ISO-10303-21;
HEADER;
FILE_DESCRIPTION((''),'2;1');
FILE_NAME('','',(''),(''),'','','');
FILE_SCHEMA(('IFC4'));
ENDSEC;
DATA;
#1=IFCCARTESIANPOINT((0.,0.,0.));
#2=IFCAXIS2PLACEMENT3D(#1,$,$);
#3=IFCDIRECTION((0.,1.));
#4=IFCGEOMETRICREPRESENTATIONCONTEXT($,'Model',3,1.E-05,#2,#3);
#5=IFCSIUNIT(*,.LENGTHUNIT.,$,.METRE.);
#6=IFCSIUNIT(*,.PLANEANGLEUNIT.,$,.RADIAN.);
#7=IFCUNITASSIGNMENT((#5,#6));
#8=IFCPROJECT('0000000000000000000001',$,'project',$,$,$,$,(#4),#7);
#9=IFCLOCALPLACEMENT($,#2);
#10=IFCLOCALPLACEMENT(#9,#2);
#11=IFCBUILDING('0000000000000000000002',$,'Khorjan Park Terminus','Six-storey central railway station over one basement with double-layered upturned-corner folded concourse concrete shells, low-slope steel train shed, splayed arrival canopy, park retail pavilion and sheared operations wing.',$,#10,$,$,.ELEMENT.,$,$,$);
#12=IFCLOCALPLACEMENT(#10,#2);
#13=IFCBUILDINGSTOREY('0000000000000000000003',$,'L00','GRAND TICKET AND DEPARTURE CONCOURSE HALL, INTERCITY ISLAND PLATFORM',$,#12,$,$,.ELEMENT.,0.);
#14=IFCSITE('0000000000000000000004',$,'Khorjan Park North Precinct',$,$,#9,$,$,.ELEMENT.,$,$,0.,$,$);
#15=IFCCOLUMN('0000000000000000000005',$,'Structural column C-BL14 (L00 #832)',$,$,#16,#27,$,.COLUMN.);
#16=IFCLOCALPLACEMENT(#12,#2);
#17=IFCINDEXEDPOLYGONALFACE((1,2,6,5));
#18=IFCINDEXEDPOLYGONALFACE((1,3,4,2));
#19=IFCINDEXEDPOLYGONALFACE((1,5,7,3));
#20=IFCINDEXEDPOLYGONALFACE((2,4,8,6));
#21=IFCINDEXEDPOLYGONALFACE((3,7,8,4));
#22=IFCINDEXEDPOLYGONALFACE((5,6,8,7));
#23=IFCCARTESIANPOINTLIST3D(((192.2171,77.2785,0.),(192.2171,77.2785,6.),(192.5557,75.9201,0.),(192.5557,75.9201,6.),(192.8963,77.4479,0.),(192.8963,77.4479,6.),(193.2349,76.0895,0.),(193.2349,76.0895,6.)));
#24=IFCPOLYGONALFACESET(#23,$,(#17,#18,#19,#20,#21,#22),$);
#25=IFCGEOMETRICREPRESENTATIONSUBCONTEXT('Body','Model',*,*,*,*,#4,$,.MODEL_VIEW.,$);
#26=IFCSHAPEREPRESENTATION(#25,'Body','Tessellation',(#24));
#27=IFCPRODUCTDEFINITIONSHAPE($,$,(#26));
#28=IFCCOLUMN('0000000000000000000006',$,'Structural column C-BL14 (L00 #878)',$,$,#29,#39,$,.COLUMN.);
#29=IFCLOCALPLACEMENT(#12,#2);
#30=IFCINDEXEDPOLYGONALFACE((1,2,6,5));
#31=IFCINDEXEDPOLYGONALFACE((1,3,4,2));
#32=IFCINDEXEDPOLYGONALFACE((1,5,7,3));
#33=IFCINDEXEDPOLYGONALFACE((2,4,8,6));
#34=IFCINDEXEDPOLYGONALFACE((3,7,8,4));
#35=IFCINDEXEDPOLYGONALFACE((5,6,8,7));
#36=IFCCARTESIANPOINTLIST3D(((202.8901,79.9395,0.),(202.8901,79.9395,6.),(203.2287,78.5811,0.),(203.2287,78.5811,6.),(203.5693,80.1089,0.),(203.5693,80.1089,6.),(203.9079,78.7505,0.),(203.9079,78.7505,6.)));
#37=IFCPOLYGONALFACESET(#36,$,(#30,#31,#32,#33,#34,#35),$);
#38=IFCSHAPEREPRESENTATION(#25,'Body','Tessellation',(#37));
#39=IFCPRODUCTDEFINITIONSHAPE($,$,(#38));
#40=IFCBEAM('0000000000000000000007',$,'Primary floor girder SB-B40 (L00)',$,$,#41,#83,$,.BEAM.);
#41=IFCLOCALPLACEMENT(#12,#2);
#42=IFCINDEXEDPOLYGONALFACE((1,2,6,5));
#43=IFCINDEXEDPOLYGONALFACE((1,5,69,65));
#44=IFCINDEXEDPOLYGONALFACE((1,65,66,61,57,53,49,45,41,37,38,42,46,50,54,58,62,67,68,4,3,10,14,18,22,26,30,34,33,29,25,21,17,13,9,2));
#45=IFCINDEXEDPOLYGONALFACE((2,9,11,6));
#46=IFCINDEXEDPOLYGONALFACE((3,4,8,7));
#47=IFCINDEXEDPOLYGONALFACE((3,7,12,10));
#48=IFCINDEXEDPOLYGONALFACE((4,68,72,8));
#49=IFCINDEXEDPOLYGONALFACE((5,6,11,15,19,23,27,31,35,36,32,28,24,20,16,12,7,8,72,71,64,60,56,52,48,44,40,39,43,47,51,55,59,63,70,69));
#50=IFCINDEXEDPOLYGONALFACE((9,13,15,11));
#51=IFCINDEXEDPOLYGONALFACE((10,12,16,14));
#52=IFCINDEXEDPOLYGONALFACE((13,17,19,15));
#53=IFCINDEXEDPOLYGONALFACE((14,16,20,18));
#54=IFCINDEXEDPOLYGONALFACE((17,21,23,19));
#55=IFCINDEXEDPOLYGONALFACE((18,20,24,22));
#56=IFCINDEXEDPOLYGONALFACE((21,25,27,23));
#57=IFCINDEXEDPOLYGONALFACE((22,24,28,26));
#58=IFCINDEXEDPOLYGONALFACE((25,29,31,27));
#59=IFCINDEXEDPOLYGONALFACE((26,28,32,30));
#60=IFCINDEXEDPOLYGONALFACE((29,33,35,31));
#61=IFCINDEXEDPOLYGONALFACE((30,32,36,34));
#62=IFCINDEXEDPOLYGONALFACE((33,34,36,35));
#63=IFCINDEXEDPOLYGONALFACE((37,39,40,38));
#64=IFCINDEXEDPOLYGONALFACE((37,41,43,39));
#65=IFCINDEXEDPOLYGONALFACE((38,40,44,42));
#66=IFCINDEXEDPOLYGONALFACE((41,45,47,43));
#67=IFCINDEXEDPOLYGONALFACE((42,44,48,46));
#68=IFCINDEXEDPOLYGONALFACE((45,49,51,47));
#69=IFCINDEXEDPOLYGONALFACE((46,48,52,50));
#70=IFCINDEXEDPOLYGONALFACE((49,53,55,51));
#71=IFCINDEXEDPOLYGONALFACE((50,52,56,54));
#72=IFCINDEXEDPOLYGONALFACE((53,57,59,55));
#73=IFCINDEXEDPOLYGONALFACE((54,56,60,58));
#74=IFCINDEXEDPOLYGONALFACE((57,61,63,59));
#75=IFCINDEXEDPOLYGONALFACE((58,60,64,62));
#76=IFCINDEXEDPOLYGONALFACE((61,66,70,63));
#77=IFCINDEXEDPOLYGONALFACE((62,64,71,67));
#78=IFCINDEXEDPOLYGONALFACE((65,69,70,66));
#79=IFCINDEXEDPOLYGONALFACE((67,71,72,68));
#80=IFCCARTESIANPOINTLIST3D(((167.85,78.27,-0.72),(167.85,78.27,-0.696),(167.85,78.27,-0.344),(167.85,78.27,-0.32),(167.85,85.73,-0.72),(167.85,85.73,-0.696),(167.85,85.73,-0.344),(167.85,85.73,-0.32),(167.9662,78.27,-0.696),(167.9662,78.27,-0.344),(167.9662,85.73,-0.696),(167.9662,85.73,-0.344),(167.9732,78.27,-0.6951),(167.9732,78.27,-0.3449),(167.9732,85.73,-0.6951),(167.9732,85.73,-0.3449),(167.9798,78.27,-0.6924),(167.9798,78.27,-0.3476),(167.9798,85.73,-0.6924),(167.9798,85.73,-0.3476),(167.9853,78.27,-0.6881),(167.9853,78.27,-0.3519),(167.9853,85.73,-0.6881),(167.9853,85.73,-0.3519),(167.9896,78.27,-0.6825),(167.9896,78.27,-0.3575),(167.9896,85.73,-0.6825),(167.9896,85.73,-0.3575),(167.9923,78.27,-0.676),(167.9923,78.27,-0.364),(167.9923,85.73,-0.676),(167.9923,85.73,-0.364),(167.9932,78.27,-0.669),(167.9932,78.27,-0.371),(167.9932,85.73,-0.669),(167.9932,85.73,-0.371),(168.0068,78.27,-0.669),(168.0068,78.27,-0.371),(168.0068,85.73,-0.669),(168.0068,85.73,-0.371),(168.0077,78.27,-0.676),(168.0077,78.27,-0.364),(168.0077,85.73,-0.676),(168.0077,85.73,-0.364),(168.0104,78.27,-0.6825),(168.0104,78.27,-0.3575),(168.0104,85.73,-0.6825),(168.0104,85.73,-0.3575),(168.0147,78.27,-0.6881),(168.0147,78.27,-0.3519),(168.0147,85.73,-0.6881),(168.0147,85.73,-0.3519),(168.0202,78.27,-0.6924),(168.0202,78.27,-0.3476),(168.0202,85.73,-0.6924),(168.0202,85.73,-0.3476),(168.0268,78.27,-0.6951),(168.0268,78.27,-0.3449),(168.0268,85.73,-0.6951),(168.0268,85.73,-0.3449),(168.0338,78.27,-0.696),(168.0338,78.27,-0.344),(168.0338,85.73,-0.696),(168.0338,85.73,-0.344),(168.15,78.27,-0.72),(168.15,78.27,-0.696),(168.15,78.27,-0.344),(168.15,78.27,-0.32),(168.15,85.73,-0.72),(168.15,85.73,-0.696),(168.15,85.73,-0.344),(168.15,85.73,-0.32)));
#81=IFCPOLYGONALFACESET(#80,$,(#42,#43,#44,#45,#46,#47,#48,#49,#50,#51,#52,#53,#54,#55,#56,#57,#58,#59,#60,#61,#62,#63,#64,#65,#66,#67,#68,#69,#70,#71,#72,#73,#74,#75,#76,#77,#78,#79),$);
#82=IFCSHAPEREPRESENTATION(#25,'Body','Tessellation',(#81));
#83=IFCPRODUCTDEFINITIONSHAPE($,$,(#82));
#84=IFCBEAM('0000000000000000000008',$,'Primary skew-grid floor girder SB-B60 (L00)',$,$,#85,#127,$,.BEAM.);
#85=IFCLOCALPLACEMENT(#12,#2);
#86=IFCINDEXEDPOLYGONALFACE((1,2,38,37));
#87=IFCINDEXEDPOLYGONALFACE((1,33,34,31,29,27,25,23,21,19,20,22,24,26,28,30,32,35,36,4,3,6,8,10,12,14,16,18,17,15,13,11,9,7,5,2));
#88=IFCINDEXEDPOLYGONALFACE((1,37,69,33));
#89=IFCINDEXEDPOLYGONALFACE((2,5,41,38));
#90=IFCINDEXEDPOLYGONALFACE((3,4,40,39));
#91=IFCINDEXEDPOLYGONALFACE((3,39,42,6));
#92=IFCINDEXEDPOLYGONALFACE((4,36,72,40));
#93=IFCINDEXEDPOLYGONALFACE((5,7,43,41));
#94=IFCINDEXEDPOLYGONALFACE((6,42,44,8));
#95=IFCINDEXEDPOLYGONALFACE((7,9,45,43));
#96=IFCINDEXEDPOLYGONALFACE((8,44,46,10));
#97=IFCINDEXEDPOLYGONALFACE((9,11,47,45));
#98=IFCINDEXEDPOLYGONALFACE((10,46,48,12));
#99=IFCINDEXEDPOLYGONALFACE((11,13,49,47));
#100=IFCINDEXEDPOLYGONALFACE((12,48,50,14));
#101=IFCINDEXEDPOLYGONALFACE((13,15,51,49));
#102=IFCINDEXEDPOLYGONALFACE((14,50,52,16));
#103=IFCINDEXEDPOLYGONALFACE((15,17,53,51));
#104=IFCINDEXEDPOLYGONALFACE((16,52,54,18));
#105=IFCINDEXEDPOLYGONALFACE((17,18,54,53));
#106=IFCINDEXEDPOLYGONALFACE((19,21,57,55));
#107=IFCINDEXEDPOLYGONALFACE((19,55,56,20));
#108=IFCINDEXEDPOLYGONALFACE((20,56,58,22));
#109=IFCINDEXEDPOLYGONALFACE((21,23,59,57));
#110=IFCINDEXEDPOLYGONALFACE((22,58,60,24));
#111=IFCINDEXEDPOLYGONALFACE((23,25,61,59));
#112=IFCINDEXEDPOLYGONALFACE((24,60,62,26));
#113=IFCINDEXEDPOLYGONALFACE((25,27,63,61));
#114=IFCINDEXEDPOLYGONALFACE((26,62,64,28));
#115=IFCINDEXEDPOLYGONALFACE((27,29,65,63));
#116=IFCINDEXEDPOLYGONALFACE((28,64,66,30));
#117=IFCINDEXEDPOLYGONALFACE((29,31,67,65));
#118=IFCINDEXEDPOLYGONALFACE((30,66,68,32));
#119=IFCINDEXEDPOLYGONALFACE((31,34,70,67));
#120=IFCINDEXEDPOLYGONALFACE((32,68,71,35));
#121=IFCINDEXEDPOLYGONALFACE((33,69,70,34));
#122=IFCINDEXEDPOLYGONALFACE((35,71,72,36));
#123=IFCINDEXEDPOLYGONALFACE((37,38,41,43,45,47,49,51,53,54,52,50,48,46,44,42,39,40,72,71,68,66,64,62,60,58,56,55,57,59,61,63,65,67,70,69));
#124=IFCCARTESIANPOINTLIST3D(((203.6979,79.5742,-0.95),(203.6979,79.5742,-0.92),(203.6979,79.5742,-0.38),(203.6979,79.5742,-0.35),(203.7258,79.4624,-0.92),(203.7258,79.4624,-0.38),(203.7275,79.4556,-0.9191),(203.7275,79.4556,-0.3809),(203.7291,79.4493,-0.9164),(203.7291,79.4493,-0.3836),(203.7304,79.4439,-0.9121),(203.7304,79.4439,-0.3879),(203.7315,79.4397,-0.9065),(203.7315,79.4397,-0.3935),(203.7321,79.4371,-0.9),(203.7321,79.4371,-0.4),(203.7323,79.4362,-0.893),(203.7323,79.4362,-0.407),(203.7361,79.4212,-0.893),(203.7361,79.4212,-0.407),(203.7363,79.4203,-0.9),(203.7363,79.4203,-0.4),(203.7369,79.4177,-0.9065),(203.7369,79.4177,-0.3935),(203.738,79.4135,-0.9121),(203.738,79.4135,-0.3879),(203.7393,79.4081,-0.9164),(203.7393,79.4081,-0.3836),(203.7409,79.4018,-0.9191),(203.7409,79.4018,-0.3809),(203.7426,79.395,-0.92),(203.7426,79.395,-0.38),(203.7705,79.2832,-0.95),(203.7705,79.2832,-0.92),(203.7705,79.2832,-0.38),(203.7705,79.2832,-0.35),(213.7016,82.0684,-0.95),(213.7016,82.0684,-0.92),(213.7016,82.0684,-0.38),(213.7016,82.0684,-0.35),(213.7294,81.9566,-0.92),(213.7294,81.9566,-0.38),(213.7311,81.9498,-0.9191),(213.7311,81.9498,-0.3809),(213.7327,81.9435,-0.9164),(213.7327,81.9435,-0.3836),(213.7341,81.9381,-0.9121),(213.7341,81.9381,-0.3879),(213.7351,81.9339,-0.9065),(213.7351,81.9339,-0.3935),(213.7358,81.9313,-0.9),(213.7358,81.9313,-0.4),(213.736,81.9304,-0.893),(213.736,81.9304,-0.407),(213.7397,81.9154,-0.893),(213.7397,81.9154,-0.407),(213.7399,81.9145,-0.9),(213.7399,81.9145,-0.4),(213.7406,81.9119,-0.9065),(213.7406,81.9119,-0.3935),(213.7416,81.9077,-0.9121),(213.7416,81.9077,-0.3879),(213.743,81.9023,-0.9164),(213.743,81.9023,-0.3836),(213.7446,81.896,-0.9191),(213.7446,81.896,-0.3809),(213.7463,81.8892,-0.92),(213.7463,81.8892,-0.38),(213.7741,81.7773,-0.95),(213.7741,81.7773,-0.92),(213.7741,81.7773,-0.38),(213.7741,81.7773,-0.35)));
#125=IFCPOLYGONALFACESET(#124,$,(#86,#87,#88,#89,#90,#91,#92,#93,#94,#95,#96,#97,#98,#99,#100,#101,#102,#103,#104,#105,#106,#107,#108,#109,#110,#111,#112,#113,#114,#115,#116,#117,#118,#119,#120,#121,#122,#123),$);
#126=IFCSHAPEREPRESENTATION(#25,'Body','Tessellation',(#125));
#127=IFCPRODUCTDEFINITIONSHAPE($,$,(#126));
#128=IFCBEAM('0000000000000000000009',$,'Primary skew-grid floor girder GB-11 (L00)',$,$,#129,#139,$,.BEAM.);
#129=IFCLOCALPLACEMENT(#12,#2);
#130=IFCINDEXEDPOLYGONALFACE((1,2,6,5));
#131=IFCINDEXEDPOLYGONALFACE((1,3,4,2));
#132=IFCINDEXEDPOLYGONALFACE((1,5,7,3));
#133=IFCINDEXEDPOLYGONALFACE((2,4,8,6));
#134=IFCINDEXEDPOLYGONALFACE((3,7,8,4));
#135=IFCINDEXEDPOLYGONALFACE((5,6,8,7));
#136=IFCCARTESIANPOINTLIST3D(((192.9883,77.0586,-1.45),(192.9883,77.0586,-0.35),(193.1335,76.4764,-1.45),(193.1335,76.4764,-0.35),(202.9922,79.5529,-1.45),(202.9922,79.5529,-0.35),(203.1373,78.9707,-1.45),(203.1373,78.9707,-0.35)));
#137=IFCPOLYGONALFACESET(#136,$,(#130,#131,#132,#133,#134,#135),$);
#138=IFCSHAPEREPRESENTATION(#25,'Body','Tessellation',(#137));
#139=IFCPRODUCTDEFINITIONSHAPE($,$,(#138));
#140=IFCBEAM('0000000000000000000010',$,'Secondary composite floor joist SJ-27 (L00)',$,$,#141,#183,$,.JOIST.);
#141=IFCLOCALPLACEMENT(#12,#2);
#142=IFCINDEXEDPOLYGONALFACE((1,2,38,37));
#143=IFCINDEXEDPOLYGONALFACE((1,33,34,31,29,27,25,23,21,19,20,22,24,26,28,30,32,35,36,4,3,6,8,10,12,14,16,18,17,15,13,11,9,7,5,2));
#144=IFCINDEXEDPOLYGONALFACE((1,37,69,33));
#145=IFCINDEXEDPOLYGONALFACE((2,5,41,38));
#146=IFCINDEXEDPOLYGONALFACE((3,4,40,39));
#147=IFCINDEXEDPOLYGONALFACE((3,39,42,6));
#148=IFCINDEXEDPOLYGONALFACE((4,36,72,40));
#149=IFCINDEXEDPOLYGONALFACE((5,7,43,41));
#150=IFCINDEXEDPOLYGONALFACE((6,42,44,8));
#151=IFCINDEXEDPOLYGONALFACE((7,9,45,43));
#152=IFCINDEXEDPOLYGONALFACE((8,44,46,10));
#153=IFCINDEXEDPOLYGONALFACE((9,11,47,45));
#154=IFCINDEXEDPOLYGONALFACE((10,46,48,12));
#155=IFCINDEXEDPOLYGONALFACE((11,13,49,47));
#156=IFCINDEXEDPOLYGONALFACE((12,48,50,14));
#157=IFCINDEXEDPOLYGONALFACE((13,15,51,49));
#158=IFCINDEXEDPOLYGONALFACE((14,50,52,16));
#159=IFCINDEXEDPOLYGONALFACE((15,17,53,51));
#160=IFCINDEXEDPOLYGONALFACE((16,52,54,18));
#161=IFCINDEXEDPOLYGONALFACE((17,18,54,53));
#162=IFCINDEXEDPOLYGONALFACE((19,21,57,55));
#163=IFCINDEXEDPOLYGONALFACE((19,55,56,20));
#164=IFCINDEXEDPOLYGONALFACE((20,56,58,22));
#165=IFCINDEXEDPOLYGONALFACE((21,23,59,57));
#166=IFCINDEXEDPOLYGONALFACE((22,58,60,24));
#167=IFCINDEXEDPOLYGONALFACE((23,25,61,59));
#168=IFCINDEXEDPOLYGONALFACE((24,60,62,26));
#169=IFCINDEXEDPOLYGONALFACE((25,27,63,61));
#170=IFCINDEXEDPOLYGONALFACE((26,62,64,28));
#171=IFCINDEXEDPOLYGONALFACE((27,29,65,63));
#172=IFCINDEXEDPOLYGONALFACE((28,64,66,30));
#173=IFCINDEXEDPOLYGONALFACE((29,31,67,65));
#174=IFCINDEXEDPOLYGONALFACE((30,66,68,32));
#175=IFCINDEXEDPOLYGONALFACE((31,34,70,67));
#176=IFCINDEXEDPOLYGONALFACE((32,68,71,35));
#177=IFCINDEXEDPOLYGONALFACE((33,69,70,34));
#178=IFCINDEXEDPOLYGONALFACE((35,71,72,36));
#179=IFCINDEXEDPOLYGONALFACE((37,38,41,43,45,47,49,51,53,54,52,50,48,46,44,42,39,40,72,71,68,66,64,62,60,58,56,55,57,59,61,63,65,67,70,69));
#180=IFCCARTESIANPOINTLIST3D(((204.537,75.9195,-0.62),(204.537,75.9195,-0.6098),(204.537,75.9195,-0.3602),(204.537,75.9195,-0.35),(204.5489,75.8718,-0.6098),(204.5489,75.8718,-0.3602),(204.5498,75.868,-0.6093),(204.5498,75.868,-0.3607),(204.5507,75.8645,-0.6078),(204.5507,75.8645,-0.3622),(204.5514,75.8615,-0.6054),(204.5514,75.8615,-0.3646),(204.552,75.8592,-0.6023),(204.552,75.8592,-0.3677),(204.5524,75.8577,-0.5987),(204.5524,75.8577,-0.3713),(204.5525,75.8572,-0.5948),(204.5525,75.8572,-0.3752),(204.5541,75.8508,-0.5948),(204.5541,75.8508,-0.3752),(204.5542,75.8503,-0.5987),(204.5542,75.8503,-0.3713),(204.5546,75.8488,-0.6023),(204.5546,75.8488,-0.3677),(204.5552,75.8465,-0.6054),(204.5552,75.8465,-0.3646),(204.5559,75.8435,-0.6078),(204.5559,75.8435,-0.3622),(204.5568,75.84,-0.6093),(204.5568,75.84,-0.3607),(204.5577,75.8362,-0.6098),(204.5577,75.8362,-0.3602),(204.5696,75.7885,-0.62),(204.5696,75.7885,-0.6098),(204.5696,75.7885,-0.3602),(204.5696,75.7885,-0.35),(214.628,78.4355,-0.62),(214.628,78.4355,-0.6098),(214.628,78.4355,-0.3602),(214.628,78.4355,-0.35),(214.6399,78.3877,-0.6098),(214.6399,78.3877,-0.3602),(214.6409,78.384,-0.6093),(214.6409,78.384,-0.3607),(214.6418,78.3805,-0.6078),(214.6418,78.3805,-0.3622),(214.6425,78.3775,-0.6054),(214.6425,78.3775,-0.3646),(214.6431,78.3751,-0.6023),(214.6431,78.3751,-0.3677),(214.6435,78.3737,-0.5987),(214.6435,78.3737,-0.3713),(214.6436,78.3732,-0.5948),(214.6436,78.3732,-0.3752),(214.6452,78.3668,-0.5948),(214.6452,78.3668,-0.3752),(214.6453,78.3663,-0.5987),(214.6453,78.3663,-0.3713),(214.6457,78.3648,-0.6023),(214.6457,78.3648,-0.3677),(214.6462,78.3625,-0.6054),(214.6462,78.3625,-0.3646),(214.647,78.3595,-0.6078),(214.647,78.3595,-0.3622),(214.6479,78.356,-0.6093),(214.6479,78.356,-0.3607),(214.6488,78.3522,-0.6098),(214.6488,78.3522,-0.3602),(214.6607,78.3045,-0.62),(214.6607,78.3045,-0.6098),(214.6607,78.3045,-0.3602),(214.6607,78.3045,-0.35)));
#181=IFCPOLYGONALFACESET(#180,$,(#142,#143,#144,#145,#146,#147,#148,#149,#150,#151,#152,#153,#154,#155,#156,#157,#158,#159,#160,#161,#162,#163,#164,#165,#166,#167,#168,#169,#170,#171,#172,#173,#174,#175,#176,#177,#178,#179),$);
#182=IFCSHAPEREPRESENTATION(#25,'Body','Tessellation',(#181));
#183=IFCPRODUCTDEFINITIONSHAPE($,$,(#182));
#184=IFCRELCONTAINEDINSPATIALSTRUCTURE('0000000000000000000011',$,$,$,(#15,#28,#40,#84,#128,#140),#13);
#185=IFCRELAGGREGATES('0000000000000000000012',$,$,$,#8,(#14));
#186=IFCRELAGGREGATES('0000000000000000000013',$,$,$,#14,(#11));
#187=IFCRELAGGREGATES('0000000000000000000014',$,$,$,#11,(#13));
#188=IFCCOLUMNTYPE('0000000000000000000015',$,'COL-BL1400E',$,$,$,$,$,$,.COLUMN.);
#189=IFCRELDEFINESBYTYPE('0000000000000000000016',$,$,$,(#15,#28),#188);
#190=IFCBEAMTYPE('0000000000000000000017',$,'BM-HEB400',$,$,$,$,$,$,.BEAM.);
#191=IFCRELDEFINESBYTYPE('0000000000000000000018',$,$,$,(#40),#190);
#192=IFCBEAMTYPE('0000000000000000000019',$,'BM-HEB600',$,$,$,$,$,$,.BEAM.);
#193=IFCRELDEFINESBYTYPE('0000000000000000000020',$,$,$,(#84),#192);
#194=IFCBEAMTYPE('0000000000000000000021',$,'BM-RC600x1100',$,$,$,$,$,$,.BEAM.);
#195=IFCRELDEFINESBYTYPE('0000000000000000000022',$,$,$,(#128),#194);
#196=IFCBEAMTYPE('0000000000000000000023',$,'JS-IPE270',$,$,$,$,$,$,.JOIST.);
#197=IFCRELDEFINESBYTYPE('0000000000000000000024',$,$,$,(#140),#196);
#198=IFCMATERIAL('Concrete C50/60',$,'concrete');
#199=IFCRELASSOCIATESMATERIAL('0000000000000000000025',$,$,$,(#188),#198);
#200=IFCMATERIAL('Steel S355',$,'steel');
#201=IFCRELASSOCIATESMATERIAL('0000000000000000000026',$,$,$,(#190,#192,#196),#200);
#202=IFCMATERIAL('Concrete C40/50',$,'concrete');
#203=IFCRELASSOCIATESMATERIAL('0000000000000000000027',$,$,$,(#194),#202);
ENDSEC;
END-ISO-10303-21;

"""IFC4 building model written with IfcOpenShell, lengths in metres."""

from ifc_helpers import new_model, si_unit, direction, frame, origin, origin_2d, place, context, subcontext, project, spatial, rectangle, i_section, extrude, material, material_profile, profile_set, type_object, element, save


model = new_model("IFC4")

# Units and contexts
model_context = context("Model", 3, precision=1e-05, world=origin(), true_north=direction((0.0, 1.0)))
body_context = subcontext(model_context, "Body", "Model", "MODEL_VIEW")
ifc_project = project(units=[si_unit("LENGTHUNIT", "METRE"), si_unit("PLANEANGLEUNIT", "RADIAN")], contexts=[model_context])

# Site, building, storey
site_placement = place(None, origin())
site = spatial("IfcSite", under=ifc_project, at=site_placement, Name="Khorjan Park North Precinct", CompositionType="ELEMENT", RefElevation=0.0)
building_placement = place(site_placement, origin())
building = spatial("IfcBuilding", under=site, at=building_placement, Name="Khorjan Park Terminus", Description="Six-storey central railway station over one basement with double-layered upturned-corner folded concourse concrete shells, low-slope steel train shed, splayed arrival canopy, park retail pavilion and sheared operations wing.", CompositionType="ELEMENT")
storey_placement = place(building_placement, origin())
storey = spatial("IfcBuildingStorey", under=building, at=storey_placement, Name="L00", Description="GRAND TICKET AND DEPARTURE CONCOURSE HALL, INTERCITY ISLAND PLATFORM", CompositionType="ELEMENT", Elevation=0.0)

# Columns
ifc_material_1 = material(Name="Concrete C50/60", Category="concrete")
ifc_material_profile_1 = material_profile(ifc_material_1, rectangle(XDim=0.7, YDim=1.4, at=origin_2d()), Name="RC 700x1400")
ifc_profile_set_1 = profile_set([ifc_material_profile_1], Name="Concrete C50/60")
column_type = type_object("IfcColumnType", Name="COL-BL1400E", PredefinedType="COLUMN", material=ifc_profile_set_1)
for number, where, z_axis, x_axis, name in (
    (1, (192.726, 76.684, 0.0), (0.0, 0.0, 1.0), (0.970296, 0.241922, 0.0), "Structural column C-BL14 (L00 #832)"),
    (2, (203.399, 79.345, 0.0), (0.0, 0.0, 1.0), (0.970296, 0.241922, 0.0), "Structural column C-BL14 (L00 #878)"),
):
    element("IfcColumn", number, at=place(storey_placement, frame(where, z_axis=z_axis, x_axis=x_axis)), inside=storey, type_object=column_type, Name=name, PredefinedType="COLUMN", context=body_context, shape_type="SweptSolid", body=[
        extrude(rectangle(XDim=0.7, YDim=1.4, at=origin_2d()), origin(), (0.0, 0.0, 1.0), 6.0),
    ])

# Beams
ifc_material_2 = material(Name="Steel S355", Category="steel")
ifc_material_profile_2 = material_profile(ifc_material_2, i_section(OverallWidth=0.3, OverallDepth=0.4, WebThickness=0.0135, FlangeThickness=0.024, FilletRadius=0.027, at=origin_2d()), Name="HEB 400")
ifc_profile_set_2 = profile_set([ifc_material_profile_2], Name="Steel S355")
beam_type_1 = type_object("IfcBeamType", Name="BM-HEB400", PredefinedType="BEAM", material=ifc_profile_set_2)
beam_1_placement = place(storey_placement, frame((168.0, 78.27, -0.52), z_axis=(0.0, 1.0, 0.0), x_axis=(-1.0, 0.0, 0.0)))
element("IfcBeam", 3, at=beam_1_placement, inside=storey, type_object=beam_type_1, Name="Primary floor girder SB-B40 (L00)", PredefinedType="BEAM", context=body_context, shape_type="SweptSolid", body=[
    extrude(i_section(OverallWidth=0.3, OverallDepth=0.4, WebThickness=0.0135, FlangeThickness=0.024, FilletRadius=0.027, at=origin_2d()), origin(), (0.0, 0.0, 1.0), 7.46),
])
ifc_material_profile_3 = material_profile(ifc_material_2, i_section(OverallWidth=0.3, OverallDepth=0.6, WebThickness=0.0155, FlangeThickness=0.03, FilletRadius=0.027, at=origin_2d()), Name="HEB 600")
ifc_profile_set_3 = profile_set([ifc_material_profile_3], Name="Steel S355")
beam_type_2 = type_object("IfcBeamType", Name="BM-HEB600", PredefinedType="BEAM", material=ifc_profile_set_3)
beam_2_placement = place(storey_placement, frame((203.7342, 79.4287, -0.65), z_axis=(0.970296, 0.241922, 0.0), x_axis=(-0.241922, 0.970296, 0.0)))
element("IfcBeam", 4, at=beam_2_placement, inside=storey, type_object=beam_type_2, Name="Primary skew-grid floor girder SB-B60 (L00)", PredefinedType="BEAM", context=body_context, shape_type="SweptSolid", body=[
    extrude(i_section(OverallWidth=0.3, OverallDepth=0.6, WebThickness=0.0155, FlangeThickness=0.03, FilletRadius=0.027, at=origin_2d()), origin(), (0.0, 0.0, 1.0), 10.3099),
])
ifc_material_3 = material(Name="Concrete C40/50", Category="concrete")
ifc_material_profile_4 = material_profile(ifc_material_3, rectangle(XDim=0.6, YDim=1.1, at=origin_2d()), Name="RC 600x1100")
ifc_profile_set_4 = profile_set([ifc_material_profile_4], Name="Concrete C40/50")
beam_type_3 = type_object("IfcBeamType", Name="BM-RC600x1100", PredefinedType="BEAM", material=ifc_profile_set_4)
beam_3_placement = place(storey_placement, frame((193.0609, 76.7675, -0.9), z_axis=(0.970294, 0.241929, 0.0), x_axis=(-0.241929, 0.970294, 0.0)))
element("IfcBeam", 5, at=beam_3_placement, inside=storey, type_object=beam_type_3, Name="Primary skew-grid floor girder GB-11 (L00)", PredefinedType="BEAM", context=body_context, shape_type="SweptSolid", body=[
    extrude(rectangle(XDim=0.6, YDim=1.1, at=origin_2d()), origin(), (0.0, 0.0, 1.0), 10.3101),
])
ifc_material_profile_5 = material_profile(ifc_material_2, i_section(OverallWidth=0.135, OverallDepth=0.27, WebThickness=0.0066, FlangeThickness=0.0102, FilletRadius=0.015, at=origin_2d()), Name="IPE 270")
ifc_profile_set_5 = profile_set([ifc_material_profile_5], Name="Steel S355")
beam_type_4 = type_object("IfcBeamType", Name="JS-IPE270", PredefinedType="JOIST", material=ifc_profile_set_5)
beam_4_placement = place(storey_placement, frame((204.5533, 75.854, -0.485), z_axis=(0.970296, 0.241922, 0.0), x_axis=(-0.241922, 0.970296, 0.0)))
element("IfcBeam", 6, at=beam_4_placement, inside=storey, type_object=beam_type_4, Name="Secondary composite floor joist SJ-27 (L00)", PredefinedType="JOIST", context=body_context, shape_type="SweptSolid", body=[
    extrude(i_section(OverallWidth=0.135, OverallDepth=0.27, WebThickness=0.0066, FlangeThickness=0.0102, FilletRadius=0.015, at=origin_2d()), origin(), (0.0, 0.0, 1.0), 10.4),
])

save(model, "model.ifc")
